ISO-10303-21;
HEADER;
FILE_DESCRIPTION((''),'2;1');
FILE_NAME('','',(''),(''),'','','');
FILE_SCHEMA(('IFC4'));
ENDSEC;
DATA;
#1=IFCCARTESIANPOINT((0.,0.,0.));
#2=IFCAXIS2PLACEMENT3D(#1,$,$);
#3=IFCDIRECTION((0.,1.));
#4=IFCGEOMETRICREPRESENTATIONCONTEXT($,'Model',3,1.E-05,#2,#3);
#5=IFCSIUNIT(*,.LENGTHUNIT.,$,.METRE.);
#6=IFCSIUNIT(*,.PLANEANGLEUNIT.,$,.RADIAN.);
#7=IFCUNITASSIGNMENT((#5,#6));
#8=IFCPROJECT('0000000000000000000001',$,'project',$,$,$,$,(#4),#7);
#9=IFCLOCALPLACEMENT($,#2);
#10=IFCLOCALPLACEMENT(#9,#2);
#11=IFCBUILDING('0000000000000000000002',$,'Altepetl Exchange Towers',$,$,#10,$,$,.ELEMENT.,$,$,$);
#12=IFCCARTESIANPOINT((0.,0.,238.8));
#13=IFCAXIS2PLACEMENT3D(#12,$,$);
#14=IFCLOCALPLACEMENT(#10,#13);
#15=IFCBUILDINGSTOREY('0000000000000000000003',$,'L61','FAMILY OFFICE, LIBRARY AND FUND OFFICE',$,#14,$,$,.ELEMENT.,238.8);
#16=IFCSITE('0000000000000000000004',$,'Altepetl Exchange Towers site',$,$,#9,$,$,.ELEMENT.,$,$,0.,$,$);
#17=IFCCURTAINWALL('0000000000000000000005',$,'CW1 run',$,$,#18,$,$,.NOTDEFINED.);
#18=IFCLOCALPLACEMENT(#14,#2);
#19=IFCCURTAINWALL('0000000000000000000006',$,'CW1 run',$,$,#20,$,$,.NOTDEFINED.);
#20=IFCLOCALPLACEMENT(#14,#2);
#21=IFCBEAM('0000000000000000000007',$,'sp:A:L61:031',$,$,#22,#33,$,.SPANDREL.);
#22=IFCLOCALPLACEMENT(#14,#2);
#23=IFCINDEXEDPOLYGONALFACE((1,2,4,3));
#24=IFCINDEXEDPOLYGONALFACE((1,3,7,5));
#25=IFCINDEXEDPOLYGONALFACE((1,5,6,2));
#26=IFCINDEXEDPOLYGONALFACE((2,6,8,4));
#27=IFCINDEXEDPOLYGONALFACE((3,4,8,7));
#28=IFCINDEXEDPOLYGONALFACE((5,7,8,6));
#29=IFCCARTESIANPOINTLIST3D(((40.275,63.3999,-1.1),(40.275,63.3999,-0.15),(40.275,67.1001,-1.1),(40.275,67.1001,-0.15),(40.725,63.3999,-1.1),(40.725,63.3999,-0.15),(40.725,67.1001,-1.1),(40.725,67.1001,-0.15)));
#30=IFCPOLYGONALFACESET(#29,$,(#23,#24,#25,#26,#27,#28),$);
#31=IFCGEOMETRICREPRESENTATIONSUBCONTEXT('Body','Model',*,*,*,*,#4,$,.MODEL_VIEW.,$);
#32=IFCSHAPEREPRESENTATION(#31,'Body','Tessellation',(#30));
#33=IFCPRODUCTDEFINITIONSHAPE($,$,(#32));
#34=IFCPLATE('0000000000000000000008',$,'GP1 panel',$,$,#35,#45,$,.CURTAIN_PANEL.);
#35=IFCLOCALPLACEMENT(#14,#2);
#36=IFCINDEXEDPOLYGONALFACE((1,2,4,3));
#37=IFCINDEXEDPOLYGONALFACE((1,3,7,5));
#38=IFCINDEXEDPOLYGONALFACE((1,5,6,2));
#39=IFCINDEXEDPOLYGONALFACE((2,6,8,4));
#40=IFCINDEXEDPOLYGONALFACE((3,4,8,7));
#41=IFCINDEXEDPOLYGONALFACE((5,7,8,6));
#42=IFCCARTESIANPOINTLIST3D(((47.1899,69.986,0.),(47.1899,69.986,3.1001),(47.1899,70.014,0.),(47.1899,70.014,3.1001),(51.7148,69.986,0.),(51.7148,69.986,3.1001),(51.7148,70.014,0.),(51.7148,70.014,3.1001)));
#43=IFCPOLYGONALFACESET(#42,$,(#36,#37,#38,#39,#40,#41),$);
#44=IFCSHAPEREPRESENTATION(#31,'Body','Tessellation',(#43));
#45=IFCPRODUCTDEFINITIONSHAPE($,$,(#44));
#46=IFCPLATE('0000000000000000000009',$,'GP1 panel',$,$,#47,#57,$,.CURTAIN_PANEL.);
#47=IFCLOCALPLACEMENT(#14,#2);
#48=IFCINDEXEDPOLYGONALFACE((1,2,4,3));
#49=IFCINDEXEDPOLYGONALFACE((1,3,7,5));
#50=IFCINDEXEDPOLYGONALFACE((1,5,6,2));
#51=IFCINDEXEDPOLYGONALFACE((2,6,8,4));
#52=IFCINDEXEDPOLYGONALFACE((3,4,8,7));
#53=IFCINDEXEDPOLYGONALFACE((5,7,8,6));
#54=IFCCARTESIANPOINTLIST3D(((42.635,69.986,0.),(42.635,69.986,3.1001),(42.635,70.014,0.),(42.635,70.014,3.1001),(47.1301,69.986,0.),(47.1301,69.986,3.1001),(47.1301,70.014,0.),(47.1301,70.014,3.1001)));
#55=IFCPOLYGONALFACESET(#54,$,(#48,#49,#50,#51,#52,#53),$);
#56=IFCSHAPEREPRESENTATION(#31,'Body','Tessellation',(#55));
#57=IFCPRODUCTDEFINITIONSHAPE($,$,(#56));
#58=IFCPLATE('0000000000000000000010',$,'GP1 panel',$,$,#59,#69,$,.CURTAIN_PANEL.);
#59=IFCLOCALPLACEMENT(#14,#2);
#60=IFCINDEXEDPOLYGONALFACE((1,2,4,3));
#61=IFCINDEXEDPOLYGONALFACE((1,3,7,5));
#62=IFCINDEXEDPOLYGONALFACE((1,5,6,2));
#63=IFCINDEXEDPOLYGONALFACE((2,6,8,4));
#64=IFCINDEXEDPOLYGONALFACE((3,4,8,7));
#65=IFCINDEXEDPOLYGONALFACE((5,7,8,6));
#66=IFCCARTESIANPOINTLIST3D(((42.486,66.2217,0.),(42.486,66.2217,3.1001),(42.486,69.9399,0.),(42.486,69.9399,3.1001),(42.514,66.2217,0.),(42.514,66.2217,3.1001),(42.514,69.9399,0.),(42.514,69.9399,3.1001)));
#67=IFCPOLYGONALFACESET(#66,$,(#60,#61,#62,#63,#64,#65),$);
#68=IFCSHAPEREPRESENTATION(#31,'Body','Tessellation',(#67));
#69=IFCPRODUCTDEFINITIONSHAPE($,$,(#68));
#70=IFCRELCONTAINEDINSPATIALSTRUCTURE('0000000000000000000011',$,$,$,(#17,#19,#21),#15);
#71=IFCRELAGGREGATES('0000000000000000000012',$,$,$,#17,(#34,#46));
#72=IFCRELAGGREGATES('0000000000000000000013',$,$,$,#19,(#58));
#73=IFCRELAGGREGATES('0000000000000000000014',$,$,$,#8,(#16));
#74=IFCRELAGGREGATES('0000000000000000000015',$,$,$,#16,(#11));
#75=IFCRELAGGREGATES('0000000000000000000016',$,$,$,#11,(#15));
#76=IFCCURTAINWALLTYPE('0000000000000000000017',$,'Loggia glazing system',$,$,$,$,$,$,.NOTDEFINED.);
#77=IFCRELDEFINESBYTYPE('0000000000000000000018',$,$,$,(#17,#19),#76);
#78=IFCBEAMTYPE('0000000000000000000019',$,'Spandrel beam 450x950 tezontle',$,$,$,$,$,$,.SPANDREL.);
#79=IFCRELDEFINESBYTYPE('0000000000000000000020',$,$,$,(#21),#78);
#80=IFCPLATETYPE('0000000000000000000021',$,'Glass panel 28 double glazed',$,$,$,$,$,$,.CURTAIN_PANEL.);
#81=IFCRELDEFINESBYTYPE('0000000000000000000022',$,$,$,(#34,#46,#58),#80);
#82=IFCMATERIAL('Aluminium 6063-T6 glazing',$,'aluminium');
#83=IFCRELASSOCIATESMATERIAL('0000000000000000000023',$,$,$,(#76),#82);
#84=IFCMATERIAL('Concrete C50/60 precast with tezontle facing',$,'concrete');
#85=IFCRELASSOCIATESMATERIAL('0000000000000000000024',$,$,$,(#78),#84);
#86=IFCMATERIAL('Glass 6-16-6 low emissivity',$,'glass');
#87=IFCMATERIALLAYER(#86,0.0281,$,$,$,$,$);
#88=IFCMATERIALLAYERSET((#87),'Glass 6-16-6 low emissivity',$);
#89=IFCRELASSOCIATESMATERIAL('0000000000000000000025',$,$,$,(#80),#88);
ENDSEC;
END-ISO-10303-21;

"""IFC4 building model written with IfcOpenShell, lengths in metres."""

from ifc_helpers import new_model, si_unit, direction, frame, origin, origin_2d, place, context, subcontext, project, spatial, rectangle, extrude, material, layer, layer_set, material_profile, profile_set, type_object, element, aggregate, save


model = new_model("IFC4")

# Units and contexts
model_context = context("Model", 3, precision=1e-05, world=origin(), true_north=direction((0.0, 1.0)))
body_context = subcontext(model_context, "Body", "Model", "MODEL_VIEW")
ifc_project = project(units=[si_unit("LENGTHUNIT", "METRE"), si_unit("PLANEANGLEUNIT", "RADIAN")], contexts=[model_context])

# Site, building, storey
site_placement = place(None, origin())
site = spatial("IfcSite", under=ifc_project, at=site_placement, Name="Altepetl Exchange Towers site", CompositionType="ELEMENT", RefElevation=0.0)
building_placement = place(site_placement, origin())
building = spatial("IfcBuilding", under=site, at=building_placement, Name="Altepetl Exchange Towers", CompositionType="ELEMENT")
storey_placement = place(building_placement, frame((0.0, 0.0, 238.8)))
storey = spatial("IfcBuildingStorey", under=building, at=storey_placement, Name="L61", Description="FAMILY OFFICE, LIBRARY AND FUND OFFICE", CompositionType="ELEMENT", Elevation=238.8)

# Curtain walls
ifc_material_1 = material(Name="Aluminium 6063-T6 glazing", Category="aluminium")
curtain_wall_type = type_object("IfcCurtainWallType", Name="Loggia glazing system", PredefinedType="NOTDEFINED", material=ifc_material_1)
curtain_wall_1_placement = place(storey_placement, origin())
curtain_wall_1 = element("IfcCurtainWall", 1, at=curtain_wall_1_placement, inside=storey, type_object=curtain_wall_type, Name="CW1 run", PredefinedType="NOTDEFINED")
curtain_wall_2_placement = place(storey_placement, origin())
curtain_wall_2 = element("IfcCurtainWall", 2, at=curtain_wall_2_placement, inside=storey, type_object=curtain_wall_type, Name="CW1 run", PredefinedType="NOTDEFINED")

# Beam
ifc_material_2 = material(Name="Concrete C50/60 precast with tezontle facing", Category="concrete")
ifc_material_profile_1 = material_profile(ifc_material_2, rectangle(XDim=0.45, YDim=0.95, at=origin_2d()), Name="450 x 950")
ifc_profile_set_1 = profile_set([ifc_material_profile_1], Name="Concrete C50/60 precast with tezontle facing")
beam_type_1 = type_object("IfcBeamType", Name="Spandrel beam 450x950 tezontle", PredefinedType="SPANDREL", material=ifc_profile_set_1)
for number, where, z_axis, x_axis, name in (
    (3, (40.5, 67.1001, -0.625), (0.0, -1.0, 0.0), (1.0, 0.0, 0.0), "sp:A:L61:031"),
):
    element("IfcBeam", number, at=place(storey_placement, frame(where, z_axis=z_axis, x_axis=x_axis)), inside=storey, type_object=beam_type_1, Name=name, PredefinedType="SPANDREL", context=body_context, shape_type="SweptSolid", body=[
        extrude(rectangle(XDim=0.45, YDim=0.95, at=origin_2d()), origin(), (0.0, 0.0, 1.0), 3.7002),
    ])

# Plates
ifc_material_3 = material(Name="Glass 6-16-6 low emissivity", Category="glass")
ifc_layer = layer(ifc_material_3, 0.0281)
ifc_layer_set = layer_set([ifc_layer], Name="Glass 6-16-6 low emissivity")
plate_type = type_object("IfcPlateType", Name="Glass panel 28 double glazed", PredefinedType="CURTAIN_PANEL", material=ifc_layer_set)
plate_1_placement = place(storey_placement, frame((49.4524, 70.0, 0.0), z_axis=(0.0, 0.0, 1.0), x_axis=(-1.0, 0.0, 0.0)))
plate_1 = element("IfcPlate", 4, at=plate_1_placement, type_object=plate_type, Name="GP1 panel", PredefinedType="CURTAIN_PANEL", context=body_context, shape_type="SweptSolid", body=[
    extrude(rectangle(XDim=4.5249, YDim=0.0281, at=origin_2d()), origin(), (0.0, 0.0, 1.0), 3.1001),
])
plate_2_placement = place(storey_placement, frame((44.8826, 70.0, 0.0), z_axis=(0.0, 0.0, 1.0), x_axis=(-1.0, 0.0, 0.0)))
plate_2 = element("IfcPlate", 5, at=plate_2_placement, type_object=plate_type, Name="GP1 panel", PredefinedType="CURTAIN_PANEL", context=body_context, shape_type="SweptSolid", body=[
    extrude(rectangle(XDim=4.4951, YDim=0.0281, at=origin_2d()), origin(), (0.0, 0.0, 1.0), 3.1001),
])
aggregate(curtain_wall_1, [plate_1, plate_2])
plate_3_placement = place(storey_placement, frame((42.5, 68.0808, 0.0), z_axis=(0.0, 0.0, 1.0), x_axis=(0.0, -1.0, 0.0)))
plate_3 = element("IfcPlate", 6, at=plate_3_placement, type_object=plate_type, Name="GP1 panel", PredefinedType="CURTAIN_PANEL", context=body_context, shape_type="SweptSolid", body=[
    extrude(rectangle(XDim=3.7183, YDim=0.0281, at=origin_2d()), origin(), (0.0, 0.0, 1.0), 3.1001),
])
aggregate(curtain_wall_2, [plate_3])

save(model, "model.ifc")
